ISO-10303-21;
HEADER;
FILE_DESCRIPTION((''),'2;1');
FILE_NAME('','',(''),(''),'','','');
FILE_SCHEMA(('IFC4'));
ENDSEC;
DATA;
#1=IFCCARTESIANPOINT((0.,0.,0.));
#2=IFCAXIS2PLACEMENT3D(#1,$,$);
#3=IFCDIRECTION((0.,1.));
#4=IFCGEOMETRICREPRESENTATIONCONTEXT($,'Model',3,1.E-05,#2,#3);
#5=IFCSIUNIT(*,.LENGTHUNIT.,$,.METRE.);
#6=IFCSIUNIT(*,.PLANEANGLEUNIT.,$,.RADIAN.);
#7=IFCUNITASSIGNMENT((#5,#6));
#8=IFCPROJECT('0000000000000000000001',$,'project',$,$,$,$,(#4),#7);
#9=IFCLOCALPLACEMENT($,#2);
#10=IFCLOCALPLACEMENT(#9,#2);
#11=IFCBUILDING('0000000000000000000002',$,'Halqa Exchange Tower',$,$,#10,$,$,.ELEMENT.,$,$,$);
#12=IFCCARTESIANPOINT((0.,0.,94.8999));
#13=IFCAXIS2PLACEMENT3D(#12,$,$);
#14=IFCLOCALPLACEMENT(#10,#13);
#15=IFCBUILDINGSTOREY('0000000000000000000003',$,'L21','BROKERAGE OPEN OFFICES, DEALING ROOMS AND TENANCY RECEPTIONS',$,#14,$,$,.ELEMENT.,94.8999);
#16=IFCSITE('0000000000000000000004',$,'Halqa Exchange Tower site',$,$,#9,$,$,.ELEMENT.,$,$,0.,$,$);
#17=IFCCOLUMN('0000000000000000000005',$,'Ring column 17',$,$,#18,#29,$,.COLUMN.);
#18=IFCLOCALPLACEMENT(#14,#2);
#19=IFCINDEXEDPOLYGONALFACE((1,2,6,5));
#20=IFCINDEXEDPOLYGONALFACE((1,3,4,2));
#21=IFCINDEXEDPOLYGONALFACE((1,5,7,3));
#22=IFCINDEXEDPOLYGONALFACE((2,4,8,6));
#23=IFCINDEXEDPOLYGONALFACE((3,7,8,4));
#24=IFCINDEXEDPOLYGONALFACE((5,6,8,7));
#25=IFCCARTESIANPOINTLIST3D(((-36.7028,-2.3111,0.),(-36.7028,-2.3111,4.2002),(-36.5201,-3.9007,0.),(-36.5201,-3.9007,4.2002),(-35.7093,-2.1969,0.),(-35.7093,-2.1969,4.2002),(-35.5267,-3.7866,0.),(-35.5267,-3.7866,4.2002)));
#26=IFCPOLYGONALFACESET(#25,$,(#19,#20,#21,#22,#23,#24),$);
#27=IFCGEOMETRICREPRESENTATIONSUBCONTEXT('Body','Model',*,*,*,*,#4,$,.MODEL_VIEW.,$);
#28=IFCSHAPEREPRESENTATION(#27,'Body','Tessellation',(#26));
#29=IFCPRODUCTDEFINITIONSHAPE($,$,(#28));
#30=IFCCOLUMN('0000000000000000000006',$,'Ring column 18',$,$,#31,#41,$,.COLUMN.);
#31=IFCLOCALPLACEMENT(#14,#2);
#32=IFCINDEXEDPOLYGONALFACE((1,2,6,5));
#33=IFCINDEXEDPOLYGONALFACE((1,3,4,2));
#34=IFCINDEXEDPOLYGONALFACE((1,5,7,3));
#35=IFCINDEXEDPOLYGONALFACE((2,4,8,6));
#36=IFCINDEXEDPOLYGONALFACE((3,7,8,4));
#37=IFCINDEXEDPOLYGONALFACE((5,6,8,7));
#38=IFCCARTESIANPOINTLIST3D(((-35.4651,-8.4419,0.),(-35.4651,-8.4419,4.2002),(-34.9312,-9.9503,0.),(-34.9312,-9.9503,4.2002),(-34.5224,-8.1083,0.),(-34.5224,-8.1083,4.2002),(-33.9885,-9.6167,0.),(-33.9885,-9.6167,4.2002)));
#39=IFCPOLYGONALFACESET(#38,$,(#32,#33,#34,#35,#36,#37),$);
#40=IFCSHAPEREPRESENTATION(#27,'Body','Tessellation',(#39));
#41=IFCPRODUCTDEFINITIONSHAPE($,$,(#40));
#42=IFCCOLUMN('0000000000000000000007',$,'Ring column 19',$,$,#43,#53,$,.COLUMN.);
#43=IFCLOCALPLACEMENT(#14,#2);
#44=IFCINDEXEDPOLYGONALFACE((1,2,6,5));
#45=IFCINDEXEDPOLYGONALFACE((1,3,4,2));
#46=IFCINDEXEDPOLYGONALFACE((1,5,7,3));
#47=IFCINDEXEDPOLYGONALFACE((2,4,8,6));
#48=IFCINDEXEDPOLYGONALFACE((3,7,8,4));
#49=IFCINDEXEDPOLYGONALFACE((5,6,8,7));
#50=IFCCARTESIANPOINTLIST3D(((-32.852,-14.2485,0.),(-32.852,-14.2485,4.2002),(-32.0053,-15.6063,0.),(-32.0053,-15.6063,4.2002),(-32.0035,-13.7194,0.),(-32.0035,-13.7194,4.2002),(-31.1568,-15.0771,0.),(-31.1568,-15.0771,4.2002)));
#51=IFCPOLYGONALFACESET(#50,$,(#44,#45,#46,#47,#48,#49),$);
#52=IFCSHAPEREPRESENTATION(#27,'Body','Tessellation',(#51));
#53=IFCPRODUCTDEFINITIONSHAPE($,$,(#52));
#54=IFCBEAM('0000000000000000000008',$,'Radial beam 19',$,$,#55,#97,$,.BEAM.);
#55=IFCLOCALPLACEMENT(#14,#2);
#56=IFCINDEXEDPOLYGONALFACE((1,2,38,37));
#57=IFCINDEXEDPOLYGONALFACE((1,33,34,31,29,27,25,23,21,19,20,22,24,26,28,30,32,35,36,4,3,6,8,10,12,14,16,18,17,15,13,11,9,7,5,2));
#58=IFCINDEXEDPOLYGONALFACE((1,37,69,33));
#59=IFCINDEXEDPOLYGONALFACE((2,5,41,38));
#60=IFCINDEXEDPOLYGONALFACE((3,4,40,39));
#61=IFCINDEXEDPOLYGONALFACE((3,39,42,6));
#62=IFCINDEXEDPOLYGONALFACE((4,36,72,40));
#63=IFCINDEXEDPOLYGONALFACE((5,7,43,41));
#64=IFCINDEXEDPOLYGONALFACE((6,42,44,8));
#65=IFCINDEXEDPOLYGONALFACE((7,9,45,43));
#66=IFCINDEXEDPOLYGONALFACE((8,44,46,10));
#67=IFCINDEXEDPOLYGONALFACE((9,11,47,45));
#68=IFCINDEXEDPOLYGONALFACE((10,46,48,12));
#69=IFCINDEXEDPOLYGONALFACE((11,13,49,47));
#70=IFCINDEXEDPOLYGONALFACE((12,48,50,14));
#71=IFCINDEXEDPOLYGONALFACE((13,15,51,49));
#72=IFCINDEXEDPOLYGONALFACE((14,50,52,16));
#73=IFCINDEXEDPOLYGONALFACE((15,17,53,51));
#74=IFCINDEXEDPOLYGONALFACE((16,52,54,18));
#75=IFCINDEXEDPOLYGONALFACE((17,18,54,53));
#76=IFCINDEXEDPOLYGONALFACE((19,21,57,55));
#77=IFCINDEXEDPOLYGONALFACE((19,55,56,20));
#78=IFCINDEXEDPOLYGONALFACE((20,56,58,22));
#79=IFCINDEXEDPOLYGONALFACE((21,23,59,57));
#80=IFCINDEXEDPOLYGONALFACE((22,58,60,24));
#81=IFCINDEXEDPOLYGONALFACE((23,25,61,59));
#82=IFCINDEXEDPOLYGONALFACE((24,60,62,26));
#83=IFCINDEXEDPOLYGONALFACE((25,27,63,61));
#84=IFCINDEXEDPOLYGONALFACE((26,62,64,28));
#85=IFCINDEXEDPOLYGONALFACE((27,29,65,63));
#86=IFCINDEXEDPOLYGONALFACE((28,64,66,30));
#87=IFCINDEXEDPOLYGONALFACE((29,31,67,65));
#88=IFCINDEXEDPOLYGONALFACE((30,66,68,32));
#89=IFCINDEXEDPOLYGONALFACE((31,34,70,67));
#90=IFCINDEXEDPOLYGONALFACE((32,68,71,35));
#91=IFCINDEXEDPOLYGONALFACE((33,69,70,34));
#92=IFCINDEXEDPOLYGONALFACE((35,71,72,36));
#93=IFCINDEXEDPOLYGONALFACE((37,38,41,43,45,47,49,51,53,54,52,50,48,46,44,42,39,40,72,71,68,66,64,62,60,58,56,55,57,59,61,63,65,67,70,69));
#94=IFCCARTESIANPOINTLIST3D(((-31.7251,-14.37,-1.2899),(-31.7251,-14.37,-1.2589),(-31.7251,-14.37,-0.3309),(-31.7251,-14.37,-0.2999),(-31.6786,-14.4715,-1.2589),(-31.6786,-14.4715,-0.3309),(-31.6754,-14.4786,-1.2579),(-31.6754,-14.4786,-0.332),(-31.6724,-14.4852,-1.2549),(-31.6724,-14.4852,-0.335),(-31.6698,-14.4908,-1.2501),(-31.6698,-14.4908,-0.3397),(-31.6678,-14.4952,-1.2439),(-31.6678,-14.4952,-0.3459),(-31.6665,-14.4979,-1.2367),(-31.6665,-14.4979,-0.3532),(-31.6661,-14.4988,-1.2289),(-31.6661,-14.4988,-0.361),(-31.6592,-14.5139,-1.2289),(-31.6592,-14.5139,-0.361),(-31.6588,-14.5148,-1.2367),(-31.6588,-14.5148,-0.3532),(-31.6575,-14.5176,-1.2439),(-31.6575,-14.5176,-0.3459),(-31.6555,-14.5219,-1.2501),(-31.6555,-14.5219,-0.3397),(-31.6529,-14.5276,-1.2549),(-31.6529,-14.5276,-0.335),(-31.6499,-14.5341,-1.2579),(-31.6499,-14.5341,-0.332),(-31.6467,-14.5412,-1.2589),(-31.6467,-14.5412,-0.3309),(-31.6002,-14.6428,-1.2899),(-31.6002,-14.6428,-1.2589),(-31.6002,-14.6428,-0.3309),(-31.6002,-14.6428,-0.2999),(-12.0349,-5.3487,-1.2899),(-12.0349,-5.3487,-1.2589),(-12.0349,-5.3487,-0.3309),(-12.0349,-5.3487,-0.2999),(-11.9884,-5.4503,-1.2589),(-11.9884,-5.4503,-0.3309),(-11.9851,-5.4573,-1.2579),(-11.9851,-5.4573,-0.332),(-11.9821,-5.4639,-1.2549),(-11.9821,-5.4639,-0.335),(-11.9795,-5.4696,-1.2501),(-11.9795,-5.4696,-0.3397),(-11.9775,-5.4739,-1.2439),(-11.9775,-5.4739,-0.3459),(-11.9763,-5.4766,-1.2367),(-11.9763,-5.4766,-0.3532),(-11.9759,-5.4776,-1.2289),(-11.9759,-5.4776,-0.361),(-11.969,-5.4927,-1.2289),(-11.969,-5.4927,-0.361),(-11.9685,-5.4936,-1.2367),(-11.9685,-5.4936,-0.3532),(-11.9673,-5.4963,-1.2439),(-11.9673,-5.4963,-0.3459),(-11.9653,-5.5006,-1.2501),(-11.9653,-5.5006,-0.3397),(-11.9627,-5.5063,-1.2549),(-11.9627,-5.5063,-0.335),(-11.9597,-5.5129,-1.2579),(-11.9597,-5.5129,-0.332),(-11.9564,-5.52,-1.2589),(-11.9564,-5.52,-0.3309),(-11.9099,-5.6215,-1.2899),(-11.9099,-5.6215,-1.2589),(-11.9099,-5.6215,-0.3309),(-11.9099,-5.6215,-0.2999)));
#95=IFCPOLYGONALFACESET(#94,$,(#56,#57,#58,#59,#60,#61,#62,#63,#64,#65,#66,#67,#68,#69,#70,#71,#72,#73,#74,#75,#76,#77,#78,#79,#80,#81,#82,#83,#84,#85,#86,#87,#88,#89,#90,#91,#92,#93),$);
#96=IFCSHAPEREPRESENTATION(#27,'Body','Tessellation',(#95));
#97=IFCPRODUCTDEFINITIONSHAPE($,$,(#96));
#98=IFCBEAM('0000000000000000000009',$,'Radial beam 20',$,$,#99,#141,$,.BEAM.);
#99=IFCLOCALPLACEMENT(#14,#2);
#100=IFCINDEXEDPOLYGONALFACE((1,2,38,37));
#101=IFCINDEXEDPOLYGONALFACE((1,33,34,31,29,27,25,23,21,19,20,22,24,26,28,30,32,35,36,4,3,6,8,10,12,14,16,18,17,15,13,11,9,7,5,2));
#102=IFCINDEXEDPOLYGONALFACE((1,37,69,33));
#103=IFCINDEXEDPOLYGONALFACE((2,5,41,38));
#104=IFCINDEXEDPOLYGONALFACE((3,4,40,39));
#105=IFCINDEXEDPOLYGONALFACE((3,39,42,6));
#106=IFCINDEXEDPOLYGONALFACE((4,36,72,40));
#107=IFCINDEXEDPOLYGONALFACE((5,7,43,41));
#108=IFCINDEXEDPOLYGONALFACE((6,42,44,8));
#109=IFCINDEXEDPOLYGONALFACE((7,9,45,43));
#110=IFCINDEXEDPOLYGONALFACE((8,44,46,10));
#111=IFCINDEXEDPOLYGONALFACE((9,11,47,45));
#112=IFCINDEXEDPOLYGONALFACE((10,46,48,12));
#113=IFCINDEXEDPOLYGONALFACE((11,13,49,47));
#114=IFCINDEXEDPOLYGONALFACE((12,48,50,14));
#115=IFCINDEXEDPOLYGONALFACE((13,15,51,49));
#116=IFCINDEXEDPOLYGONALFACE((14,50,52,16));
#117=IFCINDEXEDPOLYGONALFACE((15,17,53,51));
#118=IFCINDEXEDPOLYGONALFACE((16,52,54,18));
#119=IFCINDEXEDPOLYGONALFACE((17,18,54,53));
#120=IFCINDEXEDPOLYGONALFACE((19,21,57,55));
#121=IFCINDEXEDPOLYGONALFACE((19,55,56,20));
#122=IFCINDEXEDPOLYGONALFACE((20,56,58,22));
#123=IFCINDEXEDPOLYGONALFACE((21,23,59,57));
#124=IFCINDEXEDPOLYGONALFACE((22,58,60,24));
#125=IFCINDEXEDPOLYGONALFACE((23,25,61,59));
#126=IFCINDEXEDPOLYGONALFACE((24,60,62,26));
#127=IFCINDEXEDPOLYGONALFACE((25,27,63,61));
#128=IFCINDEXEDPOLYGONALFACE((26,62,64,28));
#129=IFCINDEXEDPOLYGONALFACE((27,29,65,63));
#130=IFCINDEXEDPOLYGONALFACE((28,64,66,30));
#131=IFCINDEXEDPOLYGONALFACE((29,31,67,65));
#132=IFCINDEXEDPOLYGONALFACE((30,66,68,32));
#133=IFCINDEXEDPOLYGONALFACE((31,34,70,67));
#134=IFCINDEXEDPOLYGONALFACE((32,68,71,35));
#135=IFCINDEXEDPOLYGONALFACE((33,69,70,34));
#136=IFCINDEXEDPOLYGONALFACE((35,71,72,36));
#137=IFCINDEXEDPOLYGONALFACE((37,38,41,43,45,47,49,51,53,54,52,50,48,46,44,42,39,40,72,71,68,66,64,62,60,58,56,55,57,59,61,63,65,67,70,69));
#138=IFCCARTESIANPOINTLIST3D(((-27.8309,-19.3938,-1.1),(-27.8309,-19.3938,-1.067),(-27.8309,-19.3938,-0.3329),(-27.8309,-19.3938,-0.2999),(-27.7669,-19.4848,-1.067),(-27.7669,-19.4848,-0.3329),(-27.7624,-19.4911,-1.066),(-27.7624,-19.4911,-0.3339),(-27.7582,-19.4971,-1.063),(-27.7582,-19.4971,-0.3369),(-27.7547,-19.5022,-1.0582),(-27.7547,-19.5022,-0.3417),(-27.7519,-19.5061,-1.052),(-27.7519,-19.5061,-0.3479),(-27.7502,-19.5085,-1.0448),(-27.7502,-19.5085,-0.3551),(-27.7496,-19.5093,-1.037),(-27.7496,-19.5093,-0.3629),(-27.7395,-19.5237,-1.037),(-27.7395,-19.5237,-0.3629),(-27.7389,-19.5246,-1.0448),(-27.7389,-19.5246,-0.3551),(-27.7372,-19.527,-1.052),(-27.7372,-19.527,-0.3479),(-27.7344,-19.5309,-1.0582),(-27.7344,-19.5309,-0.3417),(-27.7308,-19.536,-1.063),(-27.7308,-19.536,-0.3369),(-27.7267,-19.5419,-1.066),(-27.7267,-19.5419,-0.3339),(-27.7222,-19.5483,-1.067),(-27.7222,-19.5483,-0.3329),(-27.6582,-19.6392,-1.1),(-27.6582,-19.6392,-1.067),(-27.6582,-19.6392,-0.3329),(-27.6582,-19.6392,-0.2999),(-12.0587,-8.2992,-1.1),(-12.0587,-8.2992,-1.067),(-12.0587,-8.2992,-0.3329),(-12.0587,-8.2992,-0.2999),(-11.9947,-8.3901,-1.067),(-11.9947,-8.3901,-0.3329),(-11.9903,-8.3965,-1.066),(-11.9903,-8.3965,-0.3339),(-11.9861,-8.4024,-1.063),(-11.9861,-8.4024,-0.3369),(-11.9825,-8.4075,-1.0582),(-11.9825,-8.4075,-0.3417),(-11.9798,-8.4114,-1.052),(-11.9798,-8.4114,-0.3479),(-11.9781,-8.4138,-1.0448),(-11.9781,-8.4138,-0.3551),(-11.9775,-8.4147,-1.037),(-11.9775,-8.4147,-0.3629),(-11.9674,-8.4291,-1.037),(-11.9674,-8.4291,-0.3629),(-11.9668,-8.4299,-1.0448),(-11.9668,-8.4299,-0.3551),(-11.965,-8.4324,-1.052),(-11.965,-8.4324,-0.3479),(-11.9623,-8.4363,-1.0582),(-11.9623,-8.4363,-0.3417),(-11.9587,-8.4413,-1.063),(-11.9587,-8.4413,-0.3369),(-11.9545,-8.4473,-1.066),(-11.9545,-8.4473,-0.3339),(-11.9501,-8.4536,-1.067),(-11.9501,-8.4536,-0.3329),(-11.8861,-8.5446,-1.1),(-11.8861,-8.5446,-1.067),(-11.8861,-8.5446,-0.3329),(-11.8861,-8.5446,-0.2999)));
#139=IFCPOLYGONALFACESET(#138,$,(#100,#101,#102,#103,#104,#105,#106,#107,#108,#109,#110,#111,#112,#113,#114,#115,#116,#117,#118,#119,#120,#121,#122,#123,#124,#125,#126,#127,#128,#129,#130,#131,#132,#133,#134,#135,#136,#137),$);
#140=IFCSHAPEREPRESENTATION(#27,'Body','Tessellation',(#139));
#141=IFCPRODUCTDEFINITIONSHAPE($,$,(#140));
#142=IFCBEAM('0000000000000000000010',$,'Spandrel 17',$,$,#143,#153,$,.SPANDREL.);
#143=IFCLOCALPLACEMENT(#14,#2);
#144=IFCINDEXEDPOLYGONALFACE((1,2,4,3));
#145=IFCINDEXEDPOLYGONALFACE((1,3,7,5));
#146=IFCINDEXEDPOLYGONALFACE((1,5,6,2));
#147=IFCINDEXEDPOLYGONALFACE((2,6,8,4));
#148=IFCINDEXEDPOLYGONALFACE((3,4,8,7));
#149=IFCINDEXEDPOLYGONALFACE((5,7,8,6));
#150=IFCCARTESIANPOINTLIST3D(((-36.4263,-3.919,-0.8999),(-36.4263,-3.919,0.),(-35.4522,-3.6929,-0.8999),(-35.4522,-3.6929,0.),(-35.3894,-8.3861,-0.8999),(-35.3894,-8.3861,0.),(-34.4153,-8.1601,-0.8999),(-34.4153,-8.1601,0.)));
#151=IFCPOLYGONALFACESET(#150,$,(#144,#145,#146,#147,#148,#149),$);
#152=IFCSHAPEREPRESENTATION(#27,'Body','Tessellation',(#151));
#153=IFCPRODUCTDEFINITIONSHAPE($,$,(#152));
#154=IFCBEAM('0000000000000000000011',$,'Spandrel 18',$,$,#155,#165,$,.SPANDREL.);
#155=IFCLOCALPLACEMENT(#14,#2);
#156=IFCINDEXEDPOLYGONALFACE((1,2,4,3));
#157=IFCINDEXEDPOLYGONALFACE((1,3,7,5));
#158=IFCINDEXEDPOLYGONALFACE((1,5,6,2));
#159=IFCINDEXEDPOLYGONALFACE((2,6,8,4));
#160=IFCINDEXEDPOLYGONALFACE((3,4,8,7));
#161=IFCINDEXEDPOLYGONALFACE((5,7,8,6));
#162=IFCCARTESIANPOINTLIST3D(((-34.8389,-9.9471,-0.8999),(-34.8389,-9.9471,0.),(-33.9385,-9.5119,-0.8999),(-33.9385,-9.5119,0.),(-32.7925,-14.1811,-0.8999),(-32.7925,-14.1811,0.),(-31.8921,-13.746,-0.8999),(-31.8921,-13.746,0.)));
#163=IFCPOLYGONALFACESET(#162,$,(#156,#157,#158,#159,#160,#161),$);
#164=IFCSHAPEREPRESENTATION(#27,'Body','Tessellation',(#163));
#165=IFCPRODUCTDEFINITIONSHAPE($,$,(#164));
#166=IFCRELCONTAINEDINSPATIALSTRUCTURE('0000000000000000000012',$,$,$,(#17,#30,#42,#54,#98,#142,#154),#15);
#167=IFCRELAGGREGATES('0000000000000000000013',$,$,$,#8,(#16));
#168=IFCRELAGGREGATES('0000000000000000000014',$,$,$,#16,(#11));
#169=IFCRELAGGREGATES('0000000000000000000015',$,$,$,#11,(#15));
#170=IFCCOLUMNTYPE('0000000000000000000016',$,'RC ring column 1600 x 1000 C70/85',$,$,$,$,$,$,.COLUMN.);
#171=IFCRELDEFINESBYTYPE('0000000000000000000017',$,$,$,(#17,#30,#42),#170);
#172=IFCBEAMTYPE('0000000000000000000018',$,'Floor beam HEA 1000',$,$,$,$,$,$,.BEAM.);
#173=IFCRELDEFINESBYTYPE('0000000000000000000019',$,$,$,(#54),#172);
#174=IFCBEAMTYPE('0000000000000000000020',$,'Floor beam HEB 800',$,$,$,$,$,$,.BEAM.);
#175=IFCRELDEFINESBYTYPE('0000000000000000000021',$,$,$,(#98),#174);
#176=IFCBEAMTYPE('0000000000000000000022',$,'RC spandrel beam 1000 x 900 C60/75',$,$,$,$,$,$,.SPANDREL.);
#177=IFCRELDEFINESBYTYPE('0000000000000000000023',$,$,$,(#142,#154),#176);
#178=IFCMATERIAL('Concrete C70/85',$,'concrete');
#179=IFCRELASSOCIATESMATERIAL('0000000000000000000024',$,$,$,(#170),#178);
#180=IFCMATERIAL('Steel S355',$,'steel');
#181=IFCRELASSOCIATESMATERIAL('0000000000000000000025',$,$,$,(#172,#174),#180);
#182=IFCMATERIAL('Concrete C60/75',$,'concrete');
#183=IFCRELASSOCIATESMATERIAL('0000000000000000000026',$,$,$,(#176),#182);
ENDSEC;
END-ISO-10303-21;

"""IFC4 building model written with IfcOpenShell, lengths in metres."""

from ifc_helpers import new_model, si_unit, direction, frame, origin, origin_2d, place, context, subcontext, project, spatial, rectangle, i_section, extrude, material, material_profile, profile_set, type_object, element, save


model = new_model("IFC4")

# Units and contexts
model_context = context("Model", 3, precision=1e-05, world=origin(), true_north=direction((0.0, 1.0)))
body_context = subcontext(model_context, "Body", "Model", "MODEL_VIEW")
ifc_project = project(units=[si_unit("LENGTHUNIT", "METRE"), si_unit("PLANEANGLEUNIT", "RADIAN")], contexts=[model_context])

# Site, building, storey
site_placement = place(None, origin())
site = spatial("IfcSite", under=ifc_project, at=site_placement, Name="Halqa Exchange Tower site", CompositionType="ELEMENT", RefElevation=0.0)
building_placement = place(site_placement, origin())
building = spatial("IfcBuilding", under=site, at=building_placement, Name="Halqa Exchange Tower", CompositionType="ELEMENT")
storey_placement = place(building_placement, frame((0.0, 0.0, 94.8999)))
storey = spatial("IfcBuildingStorey", under=building, at=storey_placement, Name="L21", Description="BROKERAGE OPEN OFFICES, DEALING ROOMS AND TENANCY RECEPTIONS", CompositionType="ELEMENT", Elevation=94.8999)

# Columns
ifc_material_1 = material(Name="Concrete C70/85", Category="concrete")
ifc_material_profile_1 = material_profile(ifc_material_1, rectangle(XDim=1.6001, YDim=1.0, at=origin_2d()), Name="1600 x 1000")
ifc_profile_set_1 = profile_set([ifc_material_profile_1], Name="Concrete C70/85")
column_type = type_object("IfcColumnType", Name="RC ring column 1600 x 1000 C70/85", PredefinedType="COLUMN", material=ifc_profile_set_1)
for number, where, z_axis, x_axis, name in (
    (1, (-36.1147, -3.0488, 0.0), (0.0, 0.0, 1.0), (0.114157, -0.993463, 0.0), "Ring column 17"),
    (2, (-34.7268, -9.0293, 0.0), (0.0, 0.0, 1.0), (0.333631, -0.942704, 0.0), "Ring column 18"),
    (3, (-32.0044, -14.6628, 0.0), (0.0, 0.0, 1.0), (0.52914, -0.848534, 0.0), "Ring column 19"),
):
    element("IfcColumn", number, at=place(storey_placement, frame(where, z_axis=z_axis, x_axis=x_axis)), inside=storey, type_object=column_type, Name=name, PredefinedType="COLUMN", context=body_context, shape_type="SweptSolid", body=[
        extrude(rectangle(XDim=1.6001, YDim=1.0, at=origin_2d()), origin(), (0.0, 0.0, 1.0), 4.2002),
    ])

# Beams
ifc_material_2 = material(Name="Steel S355", Category="steel")
ifc_material_profile_2 = material_profile(ifc_material_2, i_section(OverallWidth=0.3, OverallDepth=0.99, WebThickness=0.0166, FlangeThickness=0.031, FilletRadius=0.03, at=origin_2d()), Name="HEA 1000")
ifc_profile_set_2 = profile_set([ifc_material_profile_2], Name="Steel S355")
beam_type_1 = type_object("IfcBeamType", Name="Floor beam HEA 1000", PredefinedType="BEAM", material=ifc_profile_set_2)
beam_1_placement = place(storey_placement, frame((-11.9724, -5.4851, -0.7949), z_axis=(-0.909125, -0.416524, 0.0), x_axis=(0.416524, -0.909125, 0.0)))
element("IfcBeam", 4, at=beam_1_placement, inside=storey, type_object=beam_type_1, Name="Radial beam 19", PredefinedType="BEAM", context=body_context, shape_type="SweptSolid", body=[
    extrude(i_section(OverallWidth=0.3, OverallDepth=0.99, WebThickness=0.0166, FlangeThickness=0.031, FilletRadius=0.03, at=origin_2d()), origin(), (0.0, 0.0, 1.0), 21.6584),
])
ifc_material_profile_3 = material_profile(ifc_material_2, i_section(OverallWidth=0.3, OverallDepth=0.8, WebThickness=0.0176, FlangeThickness=0.033, FilletRadius=0.03, at=origin_2d()), Name="HEB 800")
ifc_profile_set_3 = profile_set([ifc_material_profile_3], Name="Steel S355")
beam_type_2 = type_object("IfcBeamType", Name="Floor beam HEB 800", PredefinedType="BEAM", material=ifc_profile_set_3)
beam_2_placement = place(storey_placement, frame((-11.9724, -8.4219, -0.7), z_axis=(-0.81791, -0.575346, 0.0), x_axis=(0.575346, -0.81791, 0.0)))
element("IfcBeam", 5, at=beam_2_placement, inside=storey, type_object=beam_type_2, Name="Radial beam 20", PredefinedType="BEAM", context=body_context, shape_type="SweptSolid", body=[
    extrude(i_section(OverallWidth=0.3, OverallDepth=0.8, WebThickness=0.0176, FlangeThickness=0.033, FilletRadius=0.03, at=origin_2d()), origin(), (0.0, 0.0, 1.0), 19.2834),
])
ifc_material_3 = material(Name="Concrete C60/75", Category="concrete")
ifc_material_profile_4 = material_profile(ifc_material_3, rectangle(XDim=1.0, YDim=0.8999, at=origin_2d()), Name="1000 x 900")
ifc_profile_set_4 = profile_set([ifc_material_profile_4], Name="Concrete C60/75")
beam_type_3 = type_object("IfcBeamType", Name="RC spandrel beam 1000 x 900 C60/75", PredefinedType="SPANDREL", material=ifc_profile_set_4)
beam_3_placement = place(storey_placement, frame((-35.9392, -3.8059, -0.45), z_axis=(0.226092, -0.974106, 0.0), x_axis=(0.974106, 0.226092, 0.0)))
element("IfcBeam", 6, at=beam_3_placement, inside=storey, type_object=beam_type_3, Name="Spandrel 17", PredefinedType="SPANDREL", context=body_context, shape_type="SweptSolid", body=[
    extrude(rectangle(XDim=1.0, YDim=0.8999, at=origin_2d()), origin(), (0.0, 0.0, 1.0), 4.5859),
])
beam_4_placement = place(storey_placement, frame((-34.3887, -9.7295, -0.45), z_axis=(0.43515, -0.900358, 0.0), x_axis=(0.900358, 0.43515, 0.0)))
element("IfcBeam", 7, at=beam_4_placement, inside=storey, type_object=beam_type_3, Name="Spandrel 18", PredefinedType="SPANDREL", context=body_context, shape_type="SweptSolid", body=[
    extrude(rectangle(XDim=1.0, YDim=0.8999, at=origin_2d()), origin(), (0.0, 0.0, 1.0), 4.7026),
])

save(model, "model.ifc")
